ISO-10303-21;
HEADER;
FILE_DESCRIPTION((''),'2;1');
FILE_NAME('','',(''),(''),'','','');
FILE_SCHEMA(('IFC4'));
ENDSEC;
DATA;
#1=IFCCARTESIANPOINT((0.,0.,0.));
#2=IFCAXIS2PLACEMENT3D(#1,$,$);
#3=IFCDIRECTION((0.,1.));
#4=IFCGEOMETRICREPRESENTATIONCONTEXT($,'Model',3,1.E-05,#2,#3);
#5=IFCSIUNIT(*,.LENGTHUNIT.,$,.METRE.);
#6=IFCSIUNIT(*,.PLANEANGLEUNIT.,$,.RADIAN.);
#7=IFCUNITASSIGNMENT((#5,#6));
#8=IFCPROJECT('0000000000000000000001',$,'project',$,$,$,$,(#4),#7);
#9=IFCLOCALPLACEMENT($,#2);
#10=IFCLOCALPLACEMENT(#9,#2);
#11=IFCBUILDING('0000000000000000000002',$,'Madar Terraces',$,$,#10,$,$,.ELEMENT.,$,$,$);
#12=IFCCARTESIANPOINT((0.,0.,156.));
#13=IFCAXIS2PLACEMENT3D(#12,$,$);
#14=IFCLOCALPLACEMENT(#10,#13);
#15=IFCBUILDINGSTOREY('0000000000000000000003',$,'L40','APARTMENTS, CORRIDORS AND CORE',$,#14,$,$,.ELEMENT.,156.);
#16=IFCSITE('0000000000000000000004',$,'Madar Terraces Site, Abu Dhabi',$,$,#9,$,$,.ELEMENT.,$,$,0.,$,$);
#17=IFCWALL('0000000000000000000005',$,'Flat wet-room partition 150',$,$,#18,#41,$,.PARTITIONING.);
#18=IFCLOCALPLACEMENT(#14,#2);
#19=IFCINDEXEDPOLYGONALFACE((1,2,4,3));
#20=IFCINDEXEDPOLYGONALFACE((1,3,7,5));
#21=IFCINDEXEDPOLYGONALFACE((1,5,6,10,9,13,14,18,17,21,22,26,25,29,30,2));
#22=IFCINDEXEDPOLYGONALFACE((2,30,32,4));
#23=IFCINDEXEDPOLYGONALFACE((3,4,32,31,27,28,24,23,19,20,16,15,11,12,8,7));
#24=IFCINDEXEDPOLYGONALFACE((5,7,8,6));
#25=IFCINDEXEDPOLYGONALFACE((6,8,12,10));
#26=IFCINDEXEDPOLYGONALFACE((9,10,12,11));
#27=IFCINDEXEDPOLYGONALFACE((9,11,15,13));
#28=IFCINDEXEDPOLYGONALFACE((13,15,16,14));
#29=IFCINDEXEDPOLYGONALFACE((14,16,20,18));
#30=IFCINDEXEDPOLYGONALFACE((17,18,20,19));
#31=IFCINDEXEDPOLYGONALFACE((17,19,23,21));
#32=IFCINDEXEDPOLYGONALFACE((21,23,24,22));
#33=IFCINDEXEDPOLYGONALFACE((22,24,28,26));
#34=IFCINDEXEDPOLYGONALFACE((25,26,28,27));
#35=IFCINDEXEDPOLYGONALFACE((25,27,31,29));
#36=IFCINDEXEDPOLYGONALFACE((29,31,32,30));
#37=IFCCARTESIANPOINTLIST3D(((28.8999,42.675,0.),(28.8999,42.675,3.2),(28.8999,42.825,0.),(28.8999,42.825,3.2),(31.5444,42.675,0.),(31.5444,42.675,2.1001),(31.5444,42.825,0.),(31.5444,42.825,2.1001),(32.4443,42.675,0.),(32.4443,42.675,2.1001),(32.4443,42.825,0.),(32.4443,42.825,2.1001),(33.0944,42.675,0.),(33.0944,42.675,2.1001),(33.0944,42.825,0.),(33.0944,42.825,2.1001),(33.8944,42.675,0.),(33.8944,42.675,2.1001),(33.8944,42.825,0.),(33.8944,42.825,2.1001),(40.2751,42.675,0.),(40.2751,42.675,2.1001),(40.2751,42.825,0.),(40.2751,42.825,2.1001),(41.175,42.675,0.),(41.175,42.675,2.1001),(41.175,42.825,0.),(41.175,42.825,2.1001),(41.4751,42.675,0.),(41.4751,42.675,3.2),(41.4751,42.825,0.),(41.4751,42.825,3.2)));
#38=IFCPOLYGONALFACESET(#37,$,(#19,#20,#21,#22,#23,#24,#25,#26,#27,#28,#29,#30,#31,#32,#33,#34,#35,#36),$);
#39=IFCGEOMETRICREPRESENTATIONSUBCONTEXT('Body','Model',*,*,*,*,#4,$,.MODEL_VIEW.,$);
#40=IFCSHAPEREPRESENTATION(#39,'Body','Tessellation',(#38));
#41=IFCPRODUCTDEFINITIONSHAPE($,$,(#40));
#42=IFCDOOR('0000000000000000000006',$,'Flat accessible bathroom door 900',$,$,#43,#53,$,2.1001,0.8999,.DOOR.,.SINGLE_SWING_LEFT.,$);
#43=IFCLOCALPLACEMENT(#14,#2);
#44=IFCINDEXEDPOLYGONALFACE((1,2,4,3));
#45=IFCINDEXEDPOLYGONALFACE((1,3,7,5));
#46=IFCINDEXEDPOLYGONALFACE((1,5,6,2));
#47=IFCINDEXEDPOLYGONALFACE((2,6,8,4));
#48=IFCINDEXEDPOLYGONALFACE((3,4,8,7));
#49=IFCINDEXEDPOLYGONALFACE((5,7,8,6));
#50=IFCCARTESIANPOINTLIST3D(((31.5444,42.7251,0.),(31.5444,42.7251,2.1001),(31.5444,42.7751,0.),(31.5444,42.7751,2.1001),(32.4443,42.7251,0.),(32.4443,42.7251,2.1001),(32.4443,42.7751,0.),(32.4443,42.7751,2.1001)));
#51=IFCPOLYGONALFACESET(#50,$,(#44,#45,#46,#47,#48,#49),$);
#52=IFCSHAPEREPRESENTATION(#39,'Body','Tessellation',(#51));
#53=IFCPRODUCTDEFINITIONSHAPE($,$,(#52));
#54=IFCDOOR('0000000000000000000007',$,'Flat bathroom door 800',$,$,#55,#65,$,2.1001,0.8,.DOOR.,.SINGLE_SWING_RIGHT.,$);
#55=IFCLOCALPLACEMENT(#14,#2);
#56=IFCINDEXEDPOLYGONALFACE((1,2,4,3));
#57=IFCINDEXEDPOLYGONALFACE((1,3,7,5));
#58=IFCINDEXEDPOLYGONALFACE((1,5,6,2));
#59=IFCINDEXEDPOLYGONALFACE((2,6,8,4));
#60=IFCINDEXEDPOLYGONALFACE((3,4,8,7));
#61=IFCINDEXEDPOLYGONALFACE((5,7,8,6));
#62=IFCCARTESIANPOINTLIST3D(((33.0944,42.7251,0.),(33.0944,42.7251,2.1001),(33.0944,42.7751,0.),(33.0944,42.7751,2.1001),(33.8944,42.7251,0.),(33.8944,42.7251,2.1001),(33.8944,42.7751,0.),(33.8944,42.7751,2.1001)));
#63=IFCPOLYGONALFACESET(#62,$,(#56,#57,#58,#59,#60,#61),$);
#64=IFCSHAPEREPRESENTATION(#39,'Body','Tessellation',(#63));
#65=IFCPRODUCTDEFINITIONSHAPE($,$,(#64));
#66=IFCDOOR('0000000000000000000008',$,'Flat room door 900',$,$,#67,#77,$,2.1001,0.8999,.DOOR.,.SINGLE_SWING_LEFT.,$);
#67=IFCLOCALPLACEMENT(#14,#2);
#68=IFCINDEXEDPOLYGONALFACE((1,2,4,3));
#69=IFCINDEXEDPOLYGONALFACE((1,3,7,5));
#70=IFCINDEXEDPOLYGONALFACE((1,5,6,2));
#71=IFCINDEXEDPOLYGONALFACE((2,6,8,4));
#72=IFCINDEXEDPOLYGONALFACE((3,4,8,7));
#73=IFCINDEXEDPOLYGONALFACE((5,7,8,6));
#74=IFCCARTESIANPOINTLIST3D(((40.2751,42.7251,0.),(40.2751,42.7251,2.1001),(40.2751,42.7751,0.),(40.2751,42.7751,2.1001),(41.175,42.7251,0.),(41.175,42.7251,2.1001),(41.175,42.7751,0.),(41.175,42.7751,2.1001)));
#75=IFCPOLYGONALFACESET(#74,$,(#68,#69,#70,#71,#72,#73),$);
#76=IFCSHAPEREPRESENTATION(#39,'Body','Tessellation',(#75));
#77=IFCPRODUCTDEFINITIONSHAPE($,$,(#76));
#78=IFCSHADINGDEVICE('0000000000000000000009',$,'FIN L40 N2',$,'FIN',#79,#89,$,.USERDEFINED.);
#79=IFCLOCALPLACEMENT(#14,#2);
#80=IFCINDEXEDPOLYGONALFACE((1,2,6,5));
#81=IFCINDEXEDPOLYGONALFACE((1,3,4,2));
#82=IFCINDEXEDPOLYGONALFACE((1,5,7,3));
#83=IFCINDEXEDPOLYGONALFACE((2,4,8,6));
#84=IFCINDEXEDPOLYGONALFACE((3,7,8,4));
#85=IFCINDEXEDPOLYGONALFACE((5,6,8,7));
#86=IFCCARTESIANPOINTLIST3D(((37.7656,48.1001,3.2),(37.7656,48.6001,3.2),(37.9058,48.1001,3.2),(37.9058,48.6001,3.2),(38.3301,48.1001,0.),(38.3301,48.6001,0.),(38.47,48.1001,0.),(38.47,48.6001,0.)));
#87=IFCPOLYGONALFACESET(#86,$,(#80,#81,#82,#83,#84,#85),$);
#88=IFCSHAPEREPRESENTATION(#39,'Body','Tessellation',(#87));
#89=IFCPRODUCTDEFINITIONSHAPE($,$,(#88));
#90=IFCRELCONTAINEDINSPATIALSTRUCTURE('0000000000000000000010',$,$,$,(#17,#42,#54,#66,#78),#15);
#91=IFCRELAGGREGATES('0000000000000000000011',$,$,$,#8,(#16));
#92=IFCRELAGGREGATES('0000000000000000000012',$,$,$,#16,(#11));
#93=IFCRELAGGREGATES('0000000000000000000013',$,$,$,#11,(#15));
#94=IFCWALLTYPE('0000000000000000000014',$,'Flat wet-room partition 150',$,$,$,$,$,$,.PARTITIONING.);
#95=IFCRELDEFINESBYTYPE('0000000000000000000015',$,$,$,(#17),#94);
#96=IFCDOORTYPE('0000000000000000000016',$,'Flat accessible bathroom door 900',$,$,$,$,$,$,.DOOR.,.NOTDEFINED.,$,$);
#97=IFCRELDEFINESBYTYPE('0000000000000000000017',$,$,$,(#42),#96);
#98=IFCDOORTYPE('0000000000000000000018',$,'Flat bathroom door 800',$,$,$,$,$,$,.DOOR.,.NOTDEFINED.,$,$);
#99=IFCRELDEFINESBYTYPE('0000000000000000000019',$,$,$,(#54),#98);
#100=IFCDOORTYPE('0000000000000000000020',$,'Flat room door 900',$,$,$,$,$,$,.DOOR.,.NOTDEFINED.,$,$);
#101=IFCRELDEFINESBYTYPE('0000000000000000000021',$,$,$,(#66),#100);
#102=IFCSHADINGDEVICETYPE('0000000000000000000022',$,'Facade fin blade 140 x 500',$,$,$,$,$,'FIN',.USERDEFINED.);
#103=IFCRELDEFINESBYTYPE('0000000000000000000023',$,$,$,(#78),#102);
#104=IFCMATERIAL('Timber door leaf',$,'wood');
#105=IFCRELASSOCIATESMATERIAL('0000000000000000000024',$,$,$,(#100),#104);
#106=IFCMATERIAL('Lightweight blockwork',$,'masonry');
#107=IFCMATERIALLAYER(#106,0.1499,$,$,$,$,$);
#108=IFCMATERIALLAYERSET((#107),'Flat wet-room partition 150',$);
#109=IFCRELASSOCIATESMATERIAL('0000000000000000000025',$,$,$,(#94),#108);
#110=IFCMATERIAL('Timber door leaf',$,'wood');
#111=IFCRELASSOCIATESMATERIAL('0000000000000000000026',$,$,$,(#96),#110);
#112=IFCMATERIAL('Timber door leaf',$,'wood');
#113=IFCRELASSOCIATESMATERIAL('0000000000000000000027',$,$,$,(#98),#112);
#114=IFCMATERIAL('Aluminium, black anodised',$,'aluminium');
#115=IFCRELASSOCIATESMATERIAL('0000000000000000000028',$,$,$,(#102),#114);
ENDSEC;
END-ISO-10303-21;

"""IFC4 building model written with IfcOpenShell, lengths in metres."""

from ifc_helpers import new_model, si_unit, direction, frame, frame_2d, origin, place, context, subcontext, project, spatial, polyline, rectangle, outline, extrude, material, layer, layer_set, type_object, element, fill, save


model = new_model("IFC4")

# Units and contexts
model_context = context("Model", 3, precision=1e-05, world=origin(), true_north=direction((0.0, 1.0)))
body_context = subcontext(model_context, "Body", "Model", "MODEL_VIEW")
ifc_project = project(units=[si_unit("LENGTHUNIT", "METRE"), si_unit("PLANEANGLEUNIT", "RADIAN")], contexts=[model_context])

# Site, building, storey
site_placement = place(None, origin())
site = spatial("IfcSite", under=ifc_project, at=site_placement, Name="Madar Terraces Site, Abu Dhabi", CompositionType="ELEMENT", RefElevation=0.0)
building_placement = place(site_placement, origin())
building = spatial("IfcBuilding", under=site, at=building_placement, Name="Madar Terraces", CompositionType="ELEMENT")
storey_placement = place(building_placement, frame((0.0, 0.0, 156.0)))
storey = spatial("IfcBuildingStorey", under=building, at=storey_placement, Name="L40", Description="APARTMENTS, CORRIDORS AND CORE", CompositionType="ELEMENT", Elevation=156.0)

# Shared definitions
ifc_material_1 = material(Name="Timber door leaf", Category="wood")
door_type_1 = type_object("IfcDoorType", Name="Flat room door 900", OperationType="NOTDEFINED", PredefinedType="DOOR", material=ifc_material_1)

# Shared definitions
ifc_material_2 = material(Name="Lightweight blockwork", Category="masonry")
ifc_layer_1 = layer(ifc_material_2, 0.1499)
ifc_layer_set_1 = layer_set([ifc_layer_1], Name="Flat wet-room partition 150")
wall_type_1 = type_object("IfcWallType", Name="Flat wet-room partition 150", PredefinedType="PARTITIONING", material=ifc_layer_set_1)

# Wall, openings, doors
wall_1_placement = place(storey_placement, frame((41.4751, 42.75, 0.0), z_axis=(0.0, 0.0, 1.0), x_axis=(-1.0, 0.0, 0.0)))
wall_1 = element("IfcWall", 1, at=wall_1_placement, inside=storey, type_object=wall_type_1, Name="Flat wet-room partition 150", PredefinedType="PARTITIONING", context=body_context, shape_type="SweptSolid", body=[
    extrude(rectangle(XDim=12.5752, YDim=0.1499, at=frame_2d((6.2876, 0.0))), origin(), (0.0, 0.0, 1.0), 3.2),
])
opening_1_placement = place(wall_1_placement, frame((0.3, 0.0, 0.0)))
opening_1 = element("IfcOpeningElement", 2, at=opening_1_placement, cuts=wall_1, PredefinedType="OPENING", context=body_context, shape_type="SweptSolid", body=[
    extrude(rectangle(XDim=0.8999, YDim=2.1001, at=frame_2d((0.45, 1.05))), frame((0.0, 0.085, 0.0), z_axis=(0.0, -1.0, 0.0), x_axis=(1.0, 0.0, 0.0)), (0.0, 0.0, 1.0), 0.1699),
])
opening_2_placement = place(wall_1_placement, frame((7.5808, 0.0, 0.0)))
opening_2 = element("IfcOpeningElement", 3, at=opening_2_placement, cuts=wall_1, PredefinedType="OPENING", context=body_context, shape_type="SweptSolid", body=[
    extrude(rectangle(XDim=0.8, YDim=2.1001, at=frame_2d((0.3999, 1.05))), frame((0.0, 0.085, 0.0), z_axis=(0.0, -1.0, 0.0), x_axis=(1.0, 0.0, 0.0)), (0.0, 0.0, 1.0), 0.1699),
])
opening_3_placement = place(wall_1_placement, frame((9.0308, 0.0, 0.0)))
opening_3 = element("IfcOpeningElement", 4, at=opening_3_placement, cuts=wall_1, PredefinedType="OPENING", context=body_context, shape_type="SweptSolid", body=[
    extrude(rectangle(XDim=0.8999, YDim=2.1001, at=frame_2d((0.45, 1.05))), frame((0.0, 0.085, 0.0), z_axis=(0.0, -1.0, 0.0), x_axis=(1.0, 0.0, 0.0)), (0.0, 0.0, 1.0), 0.1699),
])
ifc_material_3 = material(Name="Timber door leaf", Category="wood")
door_type_2 = type_object("IfcDoorType", Name="Flat accessible bathroom door 900", OperationType="NOTDEFINED", PredefinedType="DOOR", material=ifc_material_3)
door_1_placement = place(opening_3_placement, origin())
door_1 = element("IfcDoor", 5, at=door_1_placement, inside=storey, type_object=door_type_2, Name="Flat accessible bathroom door 900", OperationType="SINGLE_SWING_LEFT", OverallHeight=2.1001, OverallWidth=0.8999, PredefinedType="DOOR", context=body_context, shape_type="SweptSolid", body=[
    extrude(rectangle(XDim=0.8999, YDim=2.1001, at=frame_2d((0.45, 1.05))), frame((0.0, 0.0249, 0.0), z_axis=(0.0, -1.0, 0.0), x_axis=(1.0, 0.0, 0.0)), (0.0, 0.0, 1.0), 0.05),
])
fill(opening_3, door_1)
ifc_material_4 = material(Name="Timber door leaf", Category="wood")
door_type_3 = type_object("IfcDoorType", Name="Flat bathroom door 800", OperationType="NOTDEFINED", PredefinedType="DOOR", material=ifc_material_4)
door_2_placement = place(opening_2_placement, origin())
door_2 = element("IfcDoor", 6, at=door_2_placement, inside=storey, type_object=door_type_3, Name="Flat bathroom door 800", OperationType="SINGLE_SWING_RIGHT", OverallHeight=2.1001, OverallWidth=0.8, PredefinedType="DOOR", context=body_context, shape_type="SweptSolid", body=[
    extrude(rectangle(XDim=0.8, YDim=2.1001, at=frame_2d((0.3999, 1.05))), frame((0.0, 0.0249, 0.0), z_axis=(0.0, -1.0, 0.0), x_axis=(1.0, 0.0, 0.0)), (0.0, 0.0, 1.0), 0.05),
])
fill(opening_2, door_2)
door_3_placement = place(opening_1_placement, origin())
door_3 = element("IfcDoor", 7, at=door_3_placement, inside=storey, type_object=door_type_1, Name="Flat room door 900", OperationType="SINGLE_SWING_LEFT", OverallHeight=2.1001, OverallWidth=0.8999, PredefinedType="DOOR", context=body_context, shape_type="SweptSolid", body=[
    extrude(rectangle(XDim=0.8999, YDim=2.1001, at=frame_2d((0.45, 1.05))), frame((0.0, 0.0249, 0.0), z_axis=(0.0, -1.0, 0.0), x_axis=(1.0, 0.0, 0.0)), (0.0, 0.0, 1.0), 0.05),
])
fill(opening_1, door_3)

# Shading device
ifc_material_5 = material(Name="Aluminium, black anodised", Category="aluminium")
shading_device_type = type_object("IfcShadingDeviceType", Name="Facade fin blade 140 x 500", ElementType="FIN", PredefinedType="USERDEFINED", material=ifc_material_5)
shading_device_placement = place(storey_placement, frame((38.47, 48.3501, 0.0), z_axis=(0.0, 0.0, 1.0), x_axis=(-1.0, 0.0, 0.0)))
element("IfcShadingDevice", 8, at=shading_device_placement, inside=storey, type_object=shading_device_type, Name="FIN L40 N2", ObjectType="FIN", PredefinedType="USERDEFINED", context=body_context, shape_type="SweptSolid", body=[
    extrude(outline(polyline([(0.0, 0.0), (0.1399, 0.0), (0.7043, 3.2), (0.5642, 3.2), (0.0, 0.0)])), frame((0.0, 0.25, 0.0), z_axis=(0.0, -1.0, 0.0), x_axis=(1.0, 0.0, 0.0)), (0.0, 0.0, 1.0), 0.5),
])

save(model, "model.ifc")
